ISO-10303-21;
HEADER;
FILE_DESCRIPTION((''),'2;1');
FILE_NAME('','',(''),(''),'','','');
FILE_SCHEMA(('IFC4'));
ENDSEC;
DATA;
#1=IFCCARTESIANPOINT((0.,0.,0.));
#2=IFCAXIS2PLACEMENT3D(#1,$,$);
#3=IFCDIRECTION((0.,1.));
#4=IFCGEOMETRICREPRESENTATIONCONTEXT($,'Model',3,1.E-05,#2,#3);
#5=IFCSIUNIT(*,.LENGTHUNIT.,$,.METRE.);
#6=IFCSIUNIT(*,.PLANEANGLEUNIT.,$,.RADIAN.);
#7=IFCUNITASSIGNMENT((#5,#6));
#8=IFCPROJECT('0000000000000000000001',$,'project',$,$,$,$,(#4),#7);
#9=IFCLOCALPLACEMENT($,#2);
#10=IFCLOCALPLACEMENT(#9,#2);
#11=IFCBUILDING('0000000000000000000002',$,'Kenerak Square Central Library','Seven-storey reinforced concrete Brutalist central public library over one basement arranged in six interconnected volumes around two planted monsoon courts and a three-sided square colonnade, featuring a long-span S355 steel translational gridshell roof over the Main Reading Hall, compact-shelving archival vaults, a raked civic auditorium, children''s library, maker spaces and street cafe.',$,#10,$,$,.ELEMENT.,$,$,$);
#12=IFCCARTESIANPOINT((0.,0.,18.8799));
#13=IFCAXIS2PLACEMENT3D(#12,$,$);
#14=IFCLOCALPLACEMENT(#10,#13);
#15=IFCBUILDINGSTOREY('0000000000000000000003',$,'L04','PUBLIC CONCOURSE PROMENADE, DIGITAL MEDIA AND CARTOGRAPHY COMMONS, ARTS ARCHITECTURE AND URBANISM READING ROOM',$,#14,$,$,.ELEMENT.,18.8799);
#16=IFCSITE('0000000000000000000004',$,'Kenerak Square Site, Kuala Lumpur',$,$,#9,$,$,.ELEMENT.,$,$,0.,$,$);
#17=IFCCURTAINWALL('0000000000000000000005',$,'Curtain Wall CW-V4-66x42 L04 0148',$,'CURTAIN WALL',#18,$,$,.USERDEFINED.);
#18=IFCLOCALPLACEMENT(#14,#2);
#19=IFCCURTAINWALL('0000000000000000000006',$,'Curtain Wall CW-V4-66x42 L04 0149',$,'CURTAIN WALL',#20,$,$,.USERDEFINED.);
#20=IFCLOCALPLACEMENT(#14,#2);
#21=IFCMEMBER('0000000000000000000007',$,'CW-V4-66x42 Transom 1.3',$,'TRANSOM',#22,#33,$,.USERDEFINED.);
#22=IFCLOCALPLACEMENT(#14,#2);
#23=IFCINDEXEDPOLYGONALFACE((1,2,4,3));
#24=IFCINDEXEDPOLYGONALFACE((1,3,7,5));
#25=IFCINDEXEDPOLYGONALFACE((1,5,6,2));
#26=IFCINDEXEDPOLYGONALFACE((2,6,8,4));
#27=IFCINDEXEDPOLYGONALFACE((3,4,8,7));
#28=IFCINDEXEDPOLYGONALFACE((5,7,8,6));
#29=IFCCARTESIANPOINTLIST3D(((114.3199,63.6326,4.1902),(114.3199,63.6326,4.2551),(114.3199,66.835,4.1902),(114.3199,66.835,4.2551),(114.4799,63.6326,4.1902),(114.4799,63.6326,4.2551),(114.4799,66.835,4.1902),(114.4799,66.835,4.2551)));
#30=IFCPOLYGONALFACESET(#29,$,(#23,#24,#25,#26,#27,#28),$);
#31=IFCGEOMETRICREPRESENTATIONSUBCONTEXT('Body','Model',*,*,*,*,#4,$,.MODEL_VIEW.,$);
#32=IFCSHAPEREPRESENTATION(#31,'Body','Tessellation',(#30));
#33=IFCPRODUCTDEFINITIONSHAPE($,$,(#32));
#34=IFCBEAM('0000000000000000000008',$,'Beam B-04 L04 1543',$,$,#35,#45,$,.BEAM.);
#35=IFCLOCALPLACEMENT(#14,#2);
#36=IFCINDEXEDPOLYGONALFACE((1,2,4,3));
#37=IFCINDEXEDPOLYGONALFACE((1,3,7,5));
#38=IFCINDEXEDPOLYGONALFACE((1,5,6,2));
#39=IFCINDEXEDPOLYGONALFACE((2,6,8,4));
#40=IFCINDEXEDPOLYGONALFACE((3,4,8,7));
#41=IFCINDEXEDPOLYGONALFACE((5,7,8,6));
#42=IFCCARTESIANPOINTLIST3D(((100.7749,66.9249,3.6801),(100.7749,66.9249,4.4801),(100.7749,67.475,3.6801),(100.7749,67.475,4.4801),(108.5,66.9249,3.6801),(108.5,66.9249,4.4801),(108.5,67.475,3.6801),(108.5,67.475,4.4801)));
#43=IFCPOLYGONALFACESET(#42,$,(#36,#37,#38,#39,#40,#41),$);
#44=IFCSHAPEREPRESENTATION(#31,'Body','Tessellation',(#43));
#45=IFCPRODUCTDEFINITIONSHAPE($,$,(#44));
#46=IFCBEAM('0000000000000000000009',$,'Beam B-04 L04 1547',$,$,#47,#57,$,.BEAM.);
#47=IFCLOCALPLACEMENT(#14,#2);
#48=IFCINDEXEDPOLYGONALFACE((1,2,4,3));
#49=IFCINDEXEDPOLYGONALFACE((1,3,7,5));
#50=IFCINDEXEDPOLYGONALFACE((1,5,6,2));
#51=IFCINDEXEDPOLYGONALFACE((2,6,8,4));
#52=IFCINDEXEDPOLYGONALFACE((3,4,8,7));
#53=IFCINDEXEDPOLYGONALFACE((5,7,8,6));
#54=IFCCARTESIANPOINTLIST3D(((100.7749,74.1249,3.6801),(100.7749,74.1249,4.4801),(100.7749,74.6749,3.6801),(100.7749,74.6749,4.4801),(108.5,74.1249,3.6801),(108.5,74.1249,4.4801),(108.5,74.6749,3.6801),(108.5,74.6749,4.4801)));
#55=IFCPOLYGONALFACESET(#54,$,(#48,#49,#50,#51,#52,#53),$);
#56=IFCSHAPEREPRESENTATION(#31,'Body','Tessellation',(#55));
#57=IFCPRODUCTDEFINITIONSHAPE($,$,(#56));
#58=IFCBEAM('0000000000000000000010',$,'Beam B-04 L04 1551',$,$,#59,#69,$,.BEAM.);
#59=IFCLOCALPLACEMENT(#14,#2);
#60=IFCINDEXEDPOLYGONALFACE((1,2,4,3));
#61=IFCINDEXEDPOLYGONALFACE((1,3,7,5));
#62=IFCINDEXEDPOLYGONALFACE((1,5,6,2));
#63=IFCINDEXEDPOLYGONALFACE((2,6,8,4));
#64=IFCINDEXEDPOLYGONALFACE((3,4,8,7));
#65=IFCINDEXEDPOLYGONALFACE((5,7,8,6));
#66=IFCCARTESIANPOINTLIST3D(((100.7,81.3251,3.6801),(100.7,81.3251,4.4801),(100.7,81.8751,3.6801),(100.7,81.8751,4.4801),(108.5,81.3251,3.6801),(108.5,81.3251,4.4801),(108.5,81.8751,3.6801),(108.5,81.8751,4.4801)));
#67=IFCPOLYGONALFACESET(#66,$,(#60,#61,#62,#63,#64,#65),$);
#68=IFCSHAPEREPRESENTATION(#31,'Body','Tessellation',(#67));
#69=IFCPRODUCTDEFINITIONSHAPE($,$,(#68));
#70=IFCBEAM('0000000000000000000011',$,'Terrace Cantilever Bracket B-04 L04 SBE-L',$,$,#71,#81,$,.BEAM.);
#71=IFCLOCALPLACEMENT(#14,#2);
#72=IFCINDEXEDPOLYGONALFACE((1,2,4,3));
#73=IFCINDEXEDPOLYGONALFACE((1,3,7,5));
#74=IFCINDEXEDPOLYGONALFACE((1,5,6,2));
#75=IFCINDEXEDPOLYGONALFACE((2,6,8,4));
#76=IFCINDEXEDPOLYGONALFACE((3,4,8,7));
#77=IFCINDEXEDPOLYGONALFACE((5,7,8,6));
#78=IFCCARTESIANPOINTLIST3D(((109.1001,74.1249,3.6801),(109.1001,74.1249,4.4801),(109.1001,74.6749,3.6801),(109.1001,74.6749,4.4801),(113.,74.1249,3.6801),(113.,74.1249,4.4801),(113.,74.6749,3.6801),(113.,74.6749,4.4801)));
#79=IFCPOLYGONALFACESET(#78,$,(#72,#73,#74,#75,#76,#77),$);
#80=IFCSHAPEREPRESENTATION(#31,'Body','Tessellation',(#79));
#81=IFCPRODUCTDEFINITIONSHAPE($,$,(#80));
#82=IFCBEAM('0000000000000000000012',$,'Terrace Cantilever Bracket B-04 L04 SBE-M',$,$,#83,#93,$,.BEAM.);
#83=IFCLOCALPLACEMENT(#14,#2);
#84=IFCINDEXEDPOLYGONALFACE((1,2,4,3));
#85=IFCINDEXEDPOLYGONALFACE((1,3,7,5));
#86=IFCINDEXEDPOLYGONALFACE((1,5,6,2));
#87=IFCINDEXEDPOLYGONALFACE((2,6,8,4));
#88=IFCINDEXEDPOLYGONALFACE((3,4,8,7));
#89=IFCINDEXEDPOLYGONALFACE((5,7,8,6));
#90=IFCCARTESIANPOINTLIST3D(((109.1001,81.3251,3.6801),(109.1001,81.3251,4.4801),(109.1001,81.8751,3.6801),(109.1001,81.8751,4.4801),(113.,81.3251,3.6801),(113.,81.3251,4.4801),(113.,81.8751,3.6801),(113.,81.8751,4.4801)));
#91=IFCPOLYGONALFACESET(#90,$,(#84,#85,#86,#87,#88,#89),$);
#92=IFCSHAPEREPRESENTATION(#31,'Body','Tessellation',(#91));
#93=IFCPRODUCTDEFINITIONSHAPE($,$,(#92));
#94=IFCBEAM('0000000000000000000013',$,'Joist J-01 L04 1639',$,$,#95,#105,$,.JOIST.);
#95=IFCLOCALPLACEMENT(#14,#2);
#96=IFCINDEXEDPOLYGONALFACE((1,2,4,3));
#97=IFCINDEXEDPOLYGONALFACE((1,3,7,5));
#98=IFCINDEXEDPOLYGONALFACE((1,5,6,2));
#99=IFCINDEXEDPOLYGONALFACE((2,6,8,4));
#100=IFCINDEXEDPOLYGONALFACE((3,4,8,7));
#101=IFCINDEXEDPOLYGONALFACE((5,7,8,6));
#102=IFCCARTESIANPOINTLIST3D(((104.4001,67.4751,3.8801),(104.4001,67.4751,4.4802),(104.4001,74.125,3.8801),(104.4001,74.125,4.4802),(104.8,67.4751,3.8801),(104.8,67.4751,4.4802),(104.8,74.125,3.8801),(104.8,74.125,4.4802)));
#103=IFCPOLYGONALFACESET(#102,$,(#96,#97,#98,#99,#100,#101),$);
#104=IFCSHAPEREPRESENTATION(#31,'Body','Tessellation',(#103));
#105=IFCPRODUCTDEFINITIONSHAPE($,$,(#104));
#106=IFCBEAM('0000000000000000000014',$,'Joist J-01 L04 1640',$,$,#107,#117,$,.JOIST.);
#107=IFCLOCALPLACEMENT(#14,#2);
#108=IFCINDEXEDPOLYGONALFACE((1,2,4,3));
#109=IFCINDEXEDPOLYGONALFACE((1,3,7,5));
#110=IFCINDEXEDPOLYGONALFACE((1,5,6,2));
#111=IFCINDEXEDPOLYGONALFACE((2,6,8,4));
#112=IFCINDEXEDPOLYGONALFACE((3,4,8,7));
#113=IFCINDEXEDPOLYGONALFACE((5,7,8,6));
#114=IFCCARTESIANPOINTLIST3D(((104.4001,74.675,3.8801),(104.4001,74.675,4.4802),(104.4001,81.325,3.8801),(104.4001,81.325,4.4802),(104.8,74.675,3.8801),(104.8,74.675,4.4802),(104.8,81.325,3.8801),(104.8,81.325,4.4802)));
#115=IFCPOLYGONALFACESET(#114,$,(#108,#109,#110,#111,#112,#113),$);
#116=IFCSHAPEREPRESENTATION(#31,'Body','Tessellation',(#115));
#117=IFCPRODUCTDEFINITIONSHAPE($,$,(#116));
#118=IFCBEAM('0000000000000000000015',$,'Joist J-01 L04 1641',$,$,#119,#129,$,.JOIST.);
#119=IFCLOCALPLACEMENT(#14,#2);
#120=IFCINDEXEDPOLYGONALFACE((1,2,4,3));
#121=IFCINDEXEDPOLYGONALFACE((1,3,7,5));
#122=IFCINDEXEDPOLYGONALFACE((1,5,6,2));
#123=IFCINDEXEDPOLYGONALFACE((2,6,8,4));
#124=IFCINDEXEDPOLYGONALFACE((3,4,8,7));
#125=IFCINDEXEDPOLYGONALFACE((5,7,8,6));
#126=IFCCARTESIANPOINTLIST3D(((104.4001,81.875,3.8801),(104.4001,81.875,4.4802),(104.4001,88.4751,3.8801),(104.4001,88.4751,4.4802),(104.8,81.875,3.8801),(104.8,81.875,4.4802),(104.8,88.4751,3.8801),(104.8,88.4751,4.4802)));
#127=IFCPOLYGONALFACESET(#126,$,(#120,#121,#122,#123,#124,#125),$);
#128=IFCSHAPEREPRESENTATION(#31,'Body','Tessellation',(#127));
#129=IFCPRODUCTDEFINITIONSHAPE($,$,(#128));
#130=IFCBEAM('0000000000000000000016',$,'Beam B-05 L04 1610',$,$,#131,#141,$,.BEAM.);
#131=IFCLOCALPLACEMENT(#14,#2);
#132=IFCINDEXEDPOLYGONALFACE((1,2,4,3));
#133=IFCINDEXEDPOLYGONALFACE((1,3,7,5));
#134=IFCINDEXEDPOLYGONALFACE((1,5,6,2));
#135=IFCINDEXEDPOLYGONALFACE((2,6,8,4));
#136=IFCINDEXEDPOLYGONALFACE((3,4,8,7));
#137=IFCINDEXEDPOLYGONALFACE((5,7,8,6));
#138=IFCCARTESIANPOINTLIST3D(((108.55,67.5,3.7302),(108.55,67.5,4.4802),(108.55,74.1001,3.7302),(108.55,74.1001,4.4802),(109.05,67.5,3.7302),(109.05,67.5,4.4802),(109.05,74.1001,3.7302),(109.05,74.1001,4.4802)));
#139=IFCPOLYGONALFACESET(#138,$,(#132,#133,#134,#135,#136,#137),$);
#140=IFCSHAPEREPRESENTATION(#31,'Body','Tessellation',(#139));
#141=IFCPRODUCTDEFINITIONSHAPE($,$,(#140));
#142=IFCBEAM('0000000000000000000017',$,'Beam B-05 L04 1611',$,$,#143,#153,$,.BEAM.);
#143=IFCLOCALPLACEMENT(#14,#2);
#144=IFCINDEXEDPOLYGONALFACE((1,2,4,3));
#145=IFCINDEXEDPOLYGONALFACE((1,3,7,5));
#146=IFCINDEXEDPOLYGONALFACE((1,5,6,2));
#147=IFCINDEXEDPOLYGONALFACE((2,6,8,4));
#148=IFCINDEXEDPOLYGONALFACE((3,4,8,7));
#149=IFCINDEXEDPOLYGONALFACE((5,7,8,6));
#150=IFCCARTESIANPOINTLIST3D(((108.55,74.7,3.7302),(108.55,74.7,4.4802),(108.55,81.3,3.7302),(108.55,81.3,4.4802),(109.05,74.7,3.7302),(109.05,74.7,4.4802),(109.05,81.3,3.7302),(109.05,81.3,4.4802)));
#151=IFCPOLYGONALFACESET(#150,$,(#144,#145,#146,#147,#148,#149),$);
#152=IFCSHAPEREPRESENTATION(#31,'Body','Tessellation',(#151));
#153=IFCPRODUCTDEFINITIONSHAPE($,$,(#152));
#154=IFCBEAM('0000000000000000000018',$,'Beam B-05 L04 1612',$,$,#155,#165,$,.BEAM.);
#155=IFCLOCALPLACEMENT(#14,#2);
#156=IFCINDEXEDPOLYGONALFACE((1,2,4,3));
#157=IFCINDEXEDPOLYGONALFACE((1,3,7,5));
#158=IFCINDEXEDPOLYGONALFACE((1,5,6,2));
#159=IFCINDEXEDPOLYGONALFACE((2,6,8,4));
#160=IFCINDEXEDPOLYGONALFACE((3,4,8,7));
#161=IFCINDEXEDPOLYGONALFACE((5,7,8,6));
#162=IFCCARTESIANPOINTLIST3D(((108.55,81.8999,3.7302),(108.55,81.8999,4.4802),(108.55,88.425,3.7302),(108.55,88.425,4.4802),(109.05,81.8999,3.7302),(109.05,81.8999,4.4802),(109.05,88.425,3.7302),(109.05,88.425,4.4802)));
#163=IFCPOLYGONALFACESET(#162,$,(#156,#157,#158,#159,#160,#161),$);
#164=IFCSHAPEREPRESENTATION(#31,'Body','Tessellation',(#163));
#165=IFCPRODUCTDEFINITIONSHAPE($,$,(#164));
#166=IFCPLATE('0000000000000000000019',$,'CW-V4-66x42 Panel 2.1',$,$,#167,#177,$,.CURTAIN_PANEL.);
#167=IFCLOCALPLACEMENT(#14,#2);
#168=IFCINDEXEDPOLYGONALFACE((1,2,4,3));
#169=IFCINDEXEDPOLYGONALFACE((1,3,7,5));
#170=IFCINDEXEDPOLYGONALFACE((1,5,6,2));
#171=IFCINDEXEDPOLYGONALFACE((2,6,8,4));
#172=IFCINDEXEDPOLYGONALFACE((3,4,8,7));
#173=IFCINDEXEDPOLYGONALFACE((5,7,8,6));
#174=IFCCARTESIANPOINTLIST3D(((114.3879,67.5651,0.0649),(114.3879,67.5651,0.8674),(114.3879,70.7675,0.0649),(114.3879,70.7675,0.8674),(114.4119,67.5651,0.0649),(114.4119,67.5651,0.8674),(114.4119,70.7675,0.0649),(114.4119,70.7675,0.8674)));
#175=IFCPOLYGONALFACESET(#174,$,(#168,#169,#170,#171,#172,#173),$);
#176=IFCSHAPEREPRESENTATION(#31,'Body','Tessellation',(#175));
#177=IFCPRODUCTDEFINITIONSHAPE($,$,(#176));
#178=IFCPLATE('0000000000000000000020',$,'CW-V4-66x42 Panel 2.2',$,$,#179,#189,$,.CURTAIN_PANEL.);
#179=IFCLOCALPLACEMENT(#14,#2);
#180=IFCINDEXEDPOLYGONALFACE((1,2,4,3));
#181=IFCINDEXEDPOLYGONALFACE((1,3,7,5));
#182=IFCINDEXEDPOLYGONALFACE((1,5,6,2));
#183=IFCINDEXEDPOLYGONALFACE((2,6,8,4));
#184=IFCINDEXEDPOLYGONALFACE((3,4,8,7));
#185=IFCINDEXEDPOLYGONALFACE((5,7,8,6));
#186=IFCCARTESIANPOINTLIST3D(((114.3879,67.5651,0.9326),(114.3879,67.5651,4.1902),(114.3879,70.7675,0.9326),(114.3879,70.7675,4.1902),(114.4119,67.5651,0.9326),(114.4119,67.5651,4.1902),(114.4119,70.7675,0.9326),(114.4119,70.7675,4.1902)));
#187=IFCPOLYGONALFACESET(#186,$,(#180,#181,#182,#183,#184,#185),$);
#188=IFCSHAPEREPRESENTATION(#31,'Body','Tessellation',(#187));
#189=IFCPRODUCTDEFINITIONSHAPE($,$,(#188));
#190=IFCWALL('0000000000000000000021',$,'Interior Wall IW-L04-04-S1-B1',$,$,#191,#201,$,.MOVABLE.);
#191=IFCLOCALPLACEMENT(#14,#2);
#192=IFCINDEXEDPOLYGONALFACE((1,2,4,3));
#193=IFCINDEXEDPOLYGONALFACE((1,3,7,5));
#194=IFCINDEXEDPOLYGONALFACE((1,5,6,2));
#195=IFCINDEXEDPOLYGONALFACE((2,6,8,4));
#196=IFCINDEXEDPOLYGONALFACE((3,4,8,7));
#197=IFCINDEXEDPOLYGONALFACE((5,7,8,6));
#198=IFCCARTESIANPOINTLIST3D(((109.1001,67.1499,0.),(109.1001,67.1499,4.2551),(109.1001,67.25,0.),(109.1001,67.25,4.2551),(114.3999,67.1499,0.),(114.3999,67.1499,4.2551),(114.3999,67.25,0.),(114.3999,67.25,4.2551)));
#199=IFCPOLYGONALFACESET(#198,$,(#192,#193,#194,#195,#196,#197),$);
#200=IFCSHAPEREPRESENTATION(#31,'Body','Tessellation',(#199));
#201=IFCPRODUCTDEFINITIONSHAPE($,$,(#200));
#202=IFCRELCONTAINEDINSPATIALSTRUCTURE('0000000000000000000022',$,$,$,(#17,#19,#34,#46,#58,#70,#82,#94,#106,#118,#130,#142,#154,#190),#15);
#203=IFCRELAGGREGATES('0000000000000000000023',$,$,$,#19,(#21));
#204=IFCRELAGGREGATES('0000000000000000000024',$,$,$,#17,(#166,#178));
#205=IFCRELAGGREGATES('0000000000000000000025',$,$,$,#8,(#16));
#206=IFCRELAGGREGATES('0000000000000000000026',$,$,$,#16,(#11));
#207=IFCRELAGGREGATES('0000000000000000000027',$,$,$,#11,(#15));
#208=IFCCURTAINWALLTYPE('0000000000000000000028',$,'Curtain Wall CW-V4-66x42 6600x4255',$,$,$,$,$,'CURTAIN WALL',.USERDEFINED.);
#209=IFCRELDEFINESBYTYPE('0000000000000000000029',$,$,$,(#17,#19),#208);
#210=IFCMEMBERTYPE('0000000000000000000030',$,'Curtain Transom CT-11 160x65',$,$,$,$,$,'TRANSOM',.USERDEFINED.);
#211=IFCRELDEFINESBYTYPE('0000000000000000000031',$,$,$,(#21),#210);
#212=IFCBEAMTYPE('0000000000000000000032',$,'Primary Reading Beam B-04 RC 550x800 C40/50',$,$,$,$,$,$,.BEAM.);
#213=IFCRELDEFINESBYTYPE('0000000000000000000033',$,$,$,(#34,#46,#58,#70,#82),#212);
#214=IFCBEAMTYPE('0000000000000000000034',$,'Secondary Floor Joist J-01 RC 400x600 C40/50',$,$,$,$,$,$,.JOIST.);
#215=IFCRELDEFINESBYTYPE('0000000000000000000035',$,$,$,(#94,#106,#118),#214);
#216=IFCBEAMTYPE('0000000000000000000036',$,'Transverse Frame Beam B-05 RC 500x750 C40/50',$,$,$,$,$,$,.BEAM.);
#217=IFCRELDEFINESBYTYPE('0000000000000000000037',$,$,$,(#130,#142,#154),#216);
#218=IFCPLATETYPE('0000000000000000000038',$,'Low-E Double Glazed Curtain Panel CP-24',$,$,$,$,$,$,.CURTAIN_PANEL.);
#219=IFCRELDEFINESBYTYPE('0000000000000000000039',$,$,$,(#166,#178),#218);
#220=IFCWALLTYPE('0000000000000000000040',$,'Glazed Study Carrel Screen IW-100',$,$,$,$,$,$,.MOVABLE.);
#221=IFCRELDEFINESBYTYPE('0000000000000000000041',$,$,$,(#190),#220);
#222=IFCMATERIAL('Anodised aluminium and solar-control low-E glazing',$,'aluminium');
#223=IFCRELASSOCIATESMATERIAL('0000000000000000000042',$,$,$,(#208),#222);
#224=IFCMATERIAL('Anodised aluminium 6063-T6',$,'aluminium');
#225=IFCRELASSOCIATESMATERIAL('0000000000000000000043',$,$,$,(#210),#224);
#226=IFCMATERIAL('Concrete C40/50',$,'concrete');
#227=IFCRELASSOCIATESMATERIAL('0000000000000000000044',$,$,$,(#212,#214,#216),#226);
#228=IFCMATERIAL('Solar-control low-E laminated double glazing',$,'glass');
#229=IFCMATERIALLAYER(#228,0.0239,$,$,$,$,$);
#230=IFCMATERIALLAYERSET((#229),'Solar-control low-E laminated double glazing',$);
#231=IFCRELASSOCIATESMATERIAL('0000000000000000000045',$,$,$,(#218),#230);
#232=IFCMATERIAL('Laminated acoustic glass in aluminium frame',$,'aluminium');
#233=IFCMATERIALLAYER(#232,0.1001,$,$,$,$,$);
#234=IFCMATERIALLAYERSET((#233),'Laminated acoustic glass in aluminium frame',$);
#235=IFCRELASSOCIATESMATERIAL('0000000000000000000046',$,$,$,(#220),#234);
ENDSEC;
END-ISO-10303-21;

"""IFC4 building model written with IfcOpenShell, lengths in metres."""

from ifc_helpers import new_model, si_unit, direction, frame, frame_2d, origin, origin_2d, place, context, subcontext, project, spatial, rectangle, extrude, material, layer, layer_set, material_profile, profile_set, type_object, element, aggregate, save


model = new_model("IFC4")

# Units and contexts
model_context = context("Model", 3, precision=1e-05, world=origin(), true_north=direction((0.0, 1.0)))
body_context = subcontext(model_context, "Body", "Model", "MODEL_VIEW")
ifc_project = project(units=[si_unit("LENGTHUNIT", "METRE"), si_unit("PLANEANGLEUNIT", "RADIAN")], contexts=[model_context])

# Site, building, storey
site_placement = place(None, origin())
site = spatial("IfcSite", under=ifc_project, at=site_placement, Name="Kenerak Square Site, Kuala Lumpur", CompositionType="ELEMENT", RefElevation=0.0)
building_placement = place(site_placement, origin())
building = spatial("IfcBuilding", under=site, at=building_placement, Name="Kenerak Square Central Library", Description="Seven-storey reinforced concrete Brutalist central public library over one basement arranged in six interconnected volumes around two planted monsoon courts and a three-sided square colonnade, featuring a long-span S355 steel translational gridshell roof over the Main Reading Hall, compact-shelving archival vaults, a raked civic auditorium, children's library, maker spaces and street cafe.", CompositionType="ELEMENT")
storey_placement = place(building_placement, frame((0.0, 0.0, 18.8799)))
storey = spatial("IfcBuildingStorey", under=building, at=storey_placement, Name="L04", Description="PUBLIC CONCOURSE PROMENADE, DIGITAL MEDIA AND CARTOGRAPHY COMMONS, ARTS ARCHITECTURE AND URBANISM READING ROOM", CompositionType="ELEMENT", Elevation=18.8799)

# Shared definitions
ifc_material_1 = material(Name="Concrete C40/50", Category="concrete")

# Curtain wall
ifc_material_2 = material(Name="Anodised aluminium and solar-control low-E glazing", Category="aluminium")
curtain_wall_type = type_object("IfcCurtainWallType", Name="Curtain Wall CW-V4-66x42 6600x4255", ElementType="CURTAIN WALL", PredefinedType="USERDEFINED", material=ifc_material_2)
curtain_wall_1_placement = place(storey_placement, origin())
curtain_wall_1 = element("IfcCurtainWall", 1, at=curtain_wall_1_placement, inside=storey, type_object=curtain_wall_type, Name="Curtain Wall CW-V4-66x42 L04 0148", ObjectType="CURTAIN WALL", PredefinedType="USERDEFINED")
ifc_material_3 = material(Name="Anodised aluminium 6063-T6", Category="aluminium")

# Curtain wall
curtain_wall_2_placement = place(storey_placement, origin())
curtain_wall_2 = element("IfcCurtainWall", 2, at=curtain_wall_2_placement, inside=storey, type_object=curtain_wall_type, Name="Curtain Wall CW-V4-66x42 L04 0149", ObjectType="CURTAIN WALL", PredefinedType="USERDEFINED")

# Member
ifc_material_profile_1 = material_profile(ifc_material_3, rectangle(XDim=0.1599, YDim=0.0649, at=origin_2d()), Name="AL TRANSOM 160x65")
ifc_profile_set_1 = profile_set([ifc_material_profile_1], Name="Anodised aluminium 6063-T6")
member_type_1 = type_object("IfcMemberType", Name="Curtain Transom CT-11 160x65", ElementType="TRANSOM", PredefinedType="USERDEFINED", material=ifc_profile_set_1)
member_1_placement = place(storey_placement, frame((114.3999, 66.835, 4.2227), z_axis=(0.0, -1.0, 0.0), x_axis=(1.0, 0.0, 0.0)))
member_1 = element("IfcMember", 3, at=member_1_placement, type_object=member_type_1, Name="CW-V4-66x42 Transom 1.3", ObjectType="TRANSOM", PredefinedType="USERDEFINED", context=body_context, shape_type="SweptSolid", body=[
    extrude(rectangle(XDim=0.1599, YDim=0.0649, at=origin_2d()), origin(), (0.0, 0.0, 1.0), 3.2024),
])
aggregate(curtain_wall_2, [member_1])

# Beams
ifc_material_profile_2 = material_profile(ifc_material_1, rectangle(XDim=0.55, YDim=0.8, at=origin_2d()), Name="RC 550x800")
ifc_profile_set_2 = profile_set([ifc_material_profile_2], Name="Concrete C40/50")
beam_type_1 = type_object("IfcBeamType", Name="Primary Reading Beam B-04 RC 550x800 C40/50", PredefinedType="BEAM", material=ifc_profile_set_2)
for number, where, z_axis, x_axis, name in (
    (4, (100.7749, 67.2, 4.0801), (1.0, 0.0, 0.0), (0.0, 1.0, 0.0), "Beam B-04 L04 1543"),
    (5, (100.7749, 74.3999, 4.0801), (1.0, 0.0, 0.0), (0.0, 1.0, 0.0), "Beam B-04 L04 1547"),
):
    element("IfcBeam", number, at=place(storey_placement, frame(where, z_axis=z_axis, x_axis=x_axis)), inside=storey, type_object=beam_type_1, Name=name, PredefinedType="BEAM", context=body_context, shape_type="SweptSolid", body=[
        extrude(rectangle(XDim=0.55, YDim=0.8, at=origin_2d()), origin(), (0.0, 0.0, 1.0), 7.7251),
    ])
beam_1_placement = place(storey_placement, frame((100.7, 81.6001, 4.0801), z_axis=(1.0, 0.0, 0.0), x_axis=(0.0, 1.0, 0.0)))
element("IfcBeam", 6, at=beam_1_placement, inside=storey, type_object=beam_type_1, Name="Beam B-04 L04 1551", PredefinedType="BEAM", context=body_context, shape_type="SweptSolid", body=[
    extrude(rectangle(XDim=0.55, YDim=0.8, at=origin_2d()), origin(), (0.0, 0.0, 1.0), 7.8),
])
for number, where, z_axis, x_axis, name in (
    (7, (109.1001, 74.3999, 4.0801), (1.0, 0.0, 0.0), (0.0, 1.0, 0.0), "Terrace Cantilever Bracket B-04 L04 SBE-L"),
    (8, (109.1001, 81.6001, 4.0801), (1.0, 0.0, 0.0), (0.0, 1.0, 0.0), "Terrace Cantilever Bracket B-04 L04 SBE-M"),
):
    element("IfcBeam", number, at=place(storey_placement, frame(where, z_axis=z_axis, x_axis=x_axis)), inside=storey, type_object=beam_type_1, Name=name, PredefinedType="BEAM", context=body_context, shape_type="SweptSolid", body=[
        extrude(rectangle(XDim=0.55, YDim=0.8, at=origin_2d()), origin(), (0.0, 0.0, 1.0), 3.8999),
    ])
ifc_material_profile_3 = material_profile(ifc_material_1, rectangle(XDim=0.3999, YDim=0.6001, at=origin_2d()), Name="RC 400x600")
ifc_profile_set_3 = profile_set([ifc_material_profile_3], Name="Concrete C40/50")
beam_type_2 = type_object("IfcBeamType", Name="Secondary Floor Joist J-01 RC 400x600 C40/50", PredefinedType="JOIST", material=ifc_profile_set_3)
for number, where, z_axis, x_axis, name in (
    (9, (104.6001, 67.4751, 4.1802), (0.0, 1.0, 0.0), (-1.0, 0.0, 0.0), "Joist J-01 L04 1639"),
    (10, (104.6001, 74.675, 4.1802), (0.0, 1.0, 0.0), (-1.0, 0.0, 0.0), "Joist J-01 L04 1640"),
):
    element("IfcBeam", number, at=place(storey_placement, frame(where, z_axis=z_axis, x_axis=x_axis)), inside=storey, type_object=beam_type_2, Name=name, PredefinedType="JOIST", context=body_context, shape_type="SweptSolid", body=[
        extrude(rectangle(XDim=0.3999, YDim=0.6001, at=origin_2d()), origin(), (0.0, 0.0, 1.0), 6.6499),
    ])
beam_2_placement = place(storey_placement, frame((104.6001, 81.875, 4.1802), z_axis=(0.0, 1.0, 0.0), x_axis=(-1.0, 0.0, 0.0)))
element("IfcBeam", 11, at=beam_2_placement, inside=storey, type_object=beam_type_2, Name="Joist J-01 L04 1641", PredefinedType="JOIST", context=body_context, shape_type="SweptSolid", body=[
    extrude(rectangle(XDim=0.3999, YDim=0.6001, at=origin_2d()), origin(), (0.0, 0.0, 1.0), 6.6001),
])
ifc_material_profile_4 = material_profile(ifc_material_1, rectangle(XDim=0.5, YDim=0.75, at=origin_2d()), Name="RC 500x750")
ifc_profile_set_4 = profile_set([ifc_material_profile_4], Name="Concrete C40/50")
beam_type_3 = type_object("IfcBeamType", Name="Transverse Frame Beam B-05 RC 500x750 C40/50", PredefinedType="BEAM", material=ifc_profile_set_4)
for number, where, z_axis, x_axis, name in (
    (12, (108.8, 67.5, 4.1052), (0.0, 1.0, 0.0), (-1.0, 0.0, 0.0), "Beam B-05 L04 1610"),
    (13, (108.8, 74.7, 4.1052), (0.0, 1.0, 0.0), (-1.0, 0.0, 0.0), "Beam B-05 L04 1611"),
):
    element("IfcBeam", number, at=place(storey_placement, frame(where, z_axis=z_axis, x_axis=x_axis)), inside=storey, type_object=beam_type_3, Name=name, PredefinedType="BEAM", context=body_context, shape_type="SweptSolid", body=[
        extrude(rectangle(XDim=0.5, YDim=0.75, at=origin_2d()), origin(), (0.0, 0.0, 1.0), 6.6001),
    ])
beam_3_placement = place(storey_placement, frame((108.8, 81.8999, 4.1052), z_axis=(0.0, 1.0, 0.0), x_axis=(-1.0, 0.0, 0.0)))
element("IfcBeam", 14, at=beam_3_placement, inside=storey, type_object=beam_type_3, Name="Beam B-05 L04 1612", PredefinedType="BEAM", context=body_context, shape_type="SweptSolid", body=[
    extrude(rectangle(XDim=0.5, YDim=0.75, at=origin_2d()), origin(), (0.0, 0.0, 1.0), 6.5251),
])

# Plates
ifc_material_4 = material(Name="Solar-control low-E laminated double glazing", Category="glass")
ifc_layer_1 = layer(ifc_material_4, 0.0239)
ifc_layer_set_1 = layer_set([ifc_layer_1], Name="Solar-control low-E laminated double glazing")
plate_type = type_object("IfcPlateType", Name="Low-E Double Glazed Curtain Panel CP-24", PredefinedType="CURTAIN_PANEL", material=ifc_layer_set_1)
plate_1_placement = place(storey_placement, frame((114.3999, 69.1663, 0.0649), z_axis=(0.0, 0.0, 1.0), x_axis=(0.0, -1.0, 0.0)))
plate_1 = element("IfcPlate", 15, at=plate_1_placement, type_object=plate_type, Name="CW-V4-66x42 Panel 2.1", PredefinedType="CURTAIN_PANEL", context=body_context, shape_type="SweptSolid", body=[
    extrude(rectangle(XDim=3.2024, YDim=0.0239, at=origin_2d()), origin(), (0.0, 0.0, 1.0), 0.8025),
])
plate_2_placement = place(storey_placement, frame((114.3999, 69.1663, 0.9326), z_axis=(0.0, 0.0, 1.0), x_axis=(0.0, -1.0, 0.0)))
plate_2 = element("IfcPlate", 16, at=plate_2_placement, type_object=plate_type, Name="CW-V4-66x42 Panel 2.2", PredefinedType="CURTAIN_PANEL", context=body_context, shape_type="SweptSolid", body=[
    extrude(rectangle(XDim=3.2024, YDim=0.0239, at=origin_2d()), origin(), (0.0, 0.0, 1.0), 3.2576),
])
aggregate(curtain_wall_1, [plate_1, plate_2])

# Wall
ifc_material_5 = material(Name="Laminated acoustic glass in aluminium frame", Category="aluminium")
ifc_layer_2 = layer(ifc_material_5, 0.1001)
ifc_layer_set_2 = layer_set([ifc_layer_2], Name="Laminated acoustic glass in aluminium frame")
wall_type_1 = type_object("IfcWallType", Name="Glazed Study Carrel Screen IW-100", PredefinedType="MOVABLE", material=ifc_layer_set_2)
wall_1_placement = place(storey_placement, frame((114.3999, 67.2, 0.0), z_axis=(0.0, 0.0, 1.0), x_axis=(-1.0, 0.0, 0.0)))
element("IfcWall", 17, at=wall_1_placement, inside=storey, type_object=wall_type_1, Name="Interior Wall IW-L04-04-S1-B1", PredefinedType="MOVABLE", context=body_context, shape_type="SweptSolid", body=[
    extrude(rectangle(XDim=5.2998, YDim=0.1001, at=frame_2d((2.6499, 0.0))), origin(), (0.0, 0.0, 1.0), 4.2551),
])

save(model, "model.ifc")
